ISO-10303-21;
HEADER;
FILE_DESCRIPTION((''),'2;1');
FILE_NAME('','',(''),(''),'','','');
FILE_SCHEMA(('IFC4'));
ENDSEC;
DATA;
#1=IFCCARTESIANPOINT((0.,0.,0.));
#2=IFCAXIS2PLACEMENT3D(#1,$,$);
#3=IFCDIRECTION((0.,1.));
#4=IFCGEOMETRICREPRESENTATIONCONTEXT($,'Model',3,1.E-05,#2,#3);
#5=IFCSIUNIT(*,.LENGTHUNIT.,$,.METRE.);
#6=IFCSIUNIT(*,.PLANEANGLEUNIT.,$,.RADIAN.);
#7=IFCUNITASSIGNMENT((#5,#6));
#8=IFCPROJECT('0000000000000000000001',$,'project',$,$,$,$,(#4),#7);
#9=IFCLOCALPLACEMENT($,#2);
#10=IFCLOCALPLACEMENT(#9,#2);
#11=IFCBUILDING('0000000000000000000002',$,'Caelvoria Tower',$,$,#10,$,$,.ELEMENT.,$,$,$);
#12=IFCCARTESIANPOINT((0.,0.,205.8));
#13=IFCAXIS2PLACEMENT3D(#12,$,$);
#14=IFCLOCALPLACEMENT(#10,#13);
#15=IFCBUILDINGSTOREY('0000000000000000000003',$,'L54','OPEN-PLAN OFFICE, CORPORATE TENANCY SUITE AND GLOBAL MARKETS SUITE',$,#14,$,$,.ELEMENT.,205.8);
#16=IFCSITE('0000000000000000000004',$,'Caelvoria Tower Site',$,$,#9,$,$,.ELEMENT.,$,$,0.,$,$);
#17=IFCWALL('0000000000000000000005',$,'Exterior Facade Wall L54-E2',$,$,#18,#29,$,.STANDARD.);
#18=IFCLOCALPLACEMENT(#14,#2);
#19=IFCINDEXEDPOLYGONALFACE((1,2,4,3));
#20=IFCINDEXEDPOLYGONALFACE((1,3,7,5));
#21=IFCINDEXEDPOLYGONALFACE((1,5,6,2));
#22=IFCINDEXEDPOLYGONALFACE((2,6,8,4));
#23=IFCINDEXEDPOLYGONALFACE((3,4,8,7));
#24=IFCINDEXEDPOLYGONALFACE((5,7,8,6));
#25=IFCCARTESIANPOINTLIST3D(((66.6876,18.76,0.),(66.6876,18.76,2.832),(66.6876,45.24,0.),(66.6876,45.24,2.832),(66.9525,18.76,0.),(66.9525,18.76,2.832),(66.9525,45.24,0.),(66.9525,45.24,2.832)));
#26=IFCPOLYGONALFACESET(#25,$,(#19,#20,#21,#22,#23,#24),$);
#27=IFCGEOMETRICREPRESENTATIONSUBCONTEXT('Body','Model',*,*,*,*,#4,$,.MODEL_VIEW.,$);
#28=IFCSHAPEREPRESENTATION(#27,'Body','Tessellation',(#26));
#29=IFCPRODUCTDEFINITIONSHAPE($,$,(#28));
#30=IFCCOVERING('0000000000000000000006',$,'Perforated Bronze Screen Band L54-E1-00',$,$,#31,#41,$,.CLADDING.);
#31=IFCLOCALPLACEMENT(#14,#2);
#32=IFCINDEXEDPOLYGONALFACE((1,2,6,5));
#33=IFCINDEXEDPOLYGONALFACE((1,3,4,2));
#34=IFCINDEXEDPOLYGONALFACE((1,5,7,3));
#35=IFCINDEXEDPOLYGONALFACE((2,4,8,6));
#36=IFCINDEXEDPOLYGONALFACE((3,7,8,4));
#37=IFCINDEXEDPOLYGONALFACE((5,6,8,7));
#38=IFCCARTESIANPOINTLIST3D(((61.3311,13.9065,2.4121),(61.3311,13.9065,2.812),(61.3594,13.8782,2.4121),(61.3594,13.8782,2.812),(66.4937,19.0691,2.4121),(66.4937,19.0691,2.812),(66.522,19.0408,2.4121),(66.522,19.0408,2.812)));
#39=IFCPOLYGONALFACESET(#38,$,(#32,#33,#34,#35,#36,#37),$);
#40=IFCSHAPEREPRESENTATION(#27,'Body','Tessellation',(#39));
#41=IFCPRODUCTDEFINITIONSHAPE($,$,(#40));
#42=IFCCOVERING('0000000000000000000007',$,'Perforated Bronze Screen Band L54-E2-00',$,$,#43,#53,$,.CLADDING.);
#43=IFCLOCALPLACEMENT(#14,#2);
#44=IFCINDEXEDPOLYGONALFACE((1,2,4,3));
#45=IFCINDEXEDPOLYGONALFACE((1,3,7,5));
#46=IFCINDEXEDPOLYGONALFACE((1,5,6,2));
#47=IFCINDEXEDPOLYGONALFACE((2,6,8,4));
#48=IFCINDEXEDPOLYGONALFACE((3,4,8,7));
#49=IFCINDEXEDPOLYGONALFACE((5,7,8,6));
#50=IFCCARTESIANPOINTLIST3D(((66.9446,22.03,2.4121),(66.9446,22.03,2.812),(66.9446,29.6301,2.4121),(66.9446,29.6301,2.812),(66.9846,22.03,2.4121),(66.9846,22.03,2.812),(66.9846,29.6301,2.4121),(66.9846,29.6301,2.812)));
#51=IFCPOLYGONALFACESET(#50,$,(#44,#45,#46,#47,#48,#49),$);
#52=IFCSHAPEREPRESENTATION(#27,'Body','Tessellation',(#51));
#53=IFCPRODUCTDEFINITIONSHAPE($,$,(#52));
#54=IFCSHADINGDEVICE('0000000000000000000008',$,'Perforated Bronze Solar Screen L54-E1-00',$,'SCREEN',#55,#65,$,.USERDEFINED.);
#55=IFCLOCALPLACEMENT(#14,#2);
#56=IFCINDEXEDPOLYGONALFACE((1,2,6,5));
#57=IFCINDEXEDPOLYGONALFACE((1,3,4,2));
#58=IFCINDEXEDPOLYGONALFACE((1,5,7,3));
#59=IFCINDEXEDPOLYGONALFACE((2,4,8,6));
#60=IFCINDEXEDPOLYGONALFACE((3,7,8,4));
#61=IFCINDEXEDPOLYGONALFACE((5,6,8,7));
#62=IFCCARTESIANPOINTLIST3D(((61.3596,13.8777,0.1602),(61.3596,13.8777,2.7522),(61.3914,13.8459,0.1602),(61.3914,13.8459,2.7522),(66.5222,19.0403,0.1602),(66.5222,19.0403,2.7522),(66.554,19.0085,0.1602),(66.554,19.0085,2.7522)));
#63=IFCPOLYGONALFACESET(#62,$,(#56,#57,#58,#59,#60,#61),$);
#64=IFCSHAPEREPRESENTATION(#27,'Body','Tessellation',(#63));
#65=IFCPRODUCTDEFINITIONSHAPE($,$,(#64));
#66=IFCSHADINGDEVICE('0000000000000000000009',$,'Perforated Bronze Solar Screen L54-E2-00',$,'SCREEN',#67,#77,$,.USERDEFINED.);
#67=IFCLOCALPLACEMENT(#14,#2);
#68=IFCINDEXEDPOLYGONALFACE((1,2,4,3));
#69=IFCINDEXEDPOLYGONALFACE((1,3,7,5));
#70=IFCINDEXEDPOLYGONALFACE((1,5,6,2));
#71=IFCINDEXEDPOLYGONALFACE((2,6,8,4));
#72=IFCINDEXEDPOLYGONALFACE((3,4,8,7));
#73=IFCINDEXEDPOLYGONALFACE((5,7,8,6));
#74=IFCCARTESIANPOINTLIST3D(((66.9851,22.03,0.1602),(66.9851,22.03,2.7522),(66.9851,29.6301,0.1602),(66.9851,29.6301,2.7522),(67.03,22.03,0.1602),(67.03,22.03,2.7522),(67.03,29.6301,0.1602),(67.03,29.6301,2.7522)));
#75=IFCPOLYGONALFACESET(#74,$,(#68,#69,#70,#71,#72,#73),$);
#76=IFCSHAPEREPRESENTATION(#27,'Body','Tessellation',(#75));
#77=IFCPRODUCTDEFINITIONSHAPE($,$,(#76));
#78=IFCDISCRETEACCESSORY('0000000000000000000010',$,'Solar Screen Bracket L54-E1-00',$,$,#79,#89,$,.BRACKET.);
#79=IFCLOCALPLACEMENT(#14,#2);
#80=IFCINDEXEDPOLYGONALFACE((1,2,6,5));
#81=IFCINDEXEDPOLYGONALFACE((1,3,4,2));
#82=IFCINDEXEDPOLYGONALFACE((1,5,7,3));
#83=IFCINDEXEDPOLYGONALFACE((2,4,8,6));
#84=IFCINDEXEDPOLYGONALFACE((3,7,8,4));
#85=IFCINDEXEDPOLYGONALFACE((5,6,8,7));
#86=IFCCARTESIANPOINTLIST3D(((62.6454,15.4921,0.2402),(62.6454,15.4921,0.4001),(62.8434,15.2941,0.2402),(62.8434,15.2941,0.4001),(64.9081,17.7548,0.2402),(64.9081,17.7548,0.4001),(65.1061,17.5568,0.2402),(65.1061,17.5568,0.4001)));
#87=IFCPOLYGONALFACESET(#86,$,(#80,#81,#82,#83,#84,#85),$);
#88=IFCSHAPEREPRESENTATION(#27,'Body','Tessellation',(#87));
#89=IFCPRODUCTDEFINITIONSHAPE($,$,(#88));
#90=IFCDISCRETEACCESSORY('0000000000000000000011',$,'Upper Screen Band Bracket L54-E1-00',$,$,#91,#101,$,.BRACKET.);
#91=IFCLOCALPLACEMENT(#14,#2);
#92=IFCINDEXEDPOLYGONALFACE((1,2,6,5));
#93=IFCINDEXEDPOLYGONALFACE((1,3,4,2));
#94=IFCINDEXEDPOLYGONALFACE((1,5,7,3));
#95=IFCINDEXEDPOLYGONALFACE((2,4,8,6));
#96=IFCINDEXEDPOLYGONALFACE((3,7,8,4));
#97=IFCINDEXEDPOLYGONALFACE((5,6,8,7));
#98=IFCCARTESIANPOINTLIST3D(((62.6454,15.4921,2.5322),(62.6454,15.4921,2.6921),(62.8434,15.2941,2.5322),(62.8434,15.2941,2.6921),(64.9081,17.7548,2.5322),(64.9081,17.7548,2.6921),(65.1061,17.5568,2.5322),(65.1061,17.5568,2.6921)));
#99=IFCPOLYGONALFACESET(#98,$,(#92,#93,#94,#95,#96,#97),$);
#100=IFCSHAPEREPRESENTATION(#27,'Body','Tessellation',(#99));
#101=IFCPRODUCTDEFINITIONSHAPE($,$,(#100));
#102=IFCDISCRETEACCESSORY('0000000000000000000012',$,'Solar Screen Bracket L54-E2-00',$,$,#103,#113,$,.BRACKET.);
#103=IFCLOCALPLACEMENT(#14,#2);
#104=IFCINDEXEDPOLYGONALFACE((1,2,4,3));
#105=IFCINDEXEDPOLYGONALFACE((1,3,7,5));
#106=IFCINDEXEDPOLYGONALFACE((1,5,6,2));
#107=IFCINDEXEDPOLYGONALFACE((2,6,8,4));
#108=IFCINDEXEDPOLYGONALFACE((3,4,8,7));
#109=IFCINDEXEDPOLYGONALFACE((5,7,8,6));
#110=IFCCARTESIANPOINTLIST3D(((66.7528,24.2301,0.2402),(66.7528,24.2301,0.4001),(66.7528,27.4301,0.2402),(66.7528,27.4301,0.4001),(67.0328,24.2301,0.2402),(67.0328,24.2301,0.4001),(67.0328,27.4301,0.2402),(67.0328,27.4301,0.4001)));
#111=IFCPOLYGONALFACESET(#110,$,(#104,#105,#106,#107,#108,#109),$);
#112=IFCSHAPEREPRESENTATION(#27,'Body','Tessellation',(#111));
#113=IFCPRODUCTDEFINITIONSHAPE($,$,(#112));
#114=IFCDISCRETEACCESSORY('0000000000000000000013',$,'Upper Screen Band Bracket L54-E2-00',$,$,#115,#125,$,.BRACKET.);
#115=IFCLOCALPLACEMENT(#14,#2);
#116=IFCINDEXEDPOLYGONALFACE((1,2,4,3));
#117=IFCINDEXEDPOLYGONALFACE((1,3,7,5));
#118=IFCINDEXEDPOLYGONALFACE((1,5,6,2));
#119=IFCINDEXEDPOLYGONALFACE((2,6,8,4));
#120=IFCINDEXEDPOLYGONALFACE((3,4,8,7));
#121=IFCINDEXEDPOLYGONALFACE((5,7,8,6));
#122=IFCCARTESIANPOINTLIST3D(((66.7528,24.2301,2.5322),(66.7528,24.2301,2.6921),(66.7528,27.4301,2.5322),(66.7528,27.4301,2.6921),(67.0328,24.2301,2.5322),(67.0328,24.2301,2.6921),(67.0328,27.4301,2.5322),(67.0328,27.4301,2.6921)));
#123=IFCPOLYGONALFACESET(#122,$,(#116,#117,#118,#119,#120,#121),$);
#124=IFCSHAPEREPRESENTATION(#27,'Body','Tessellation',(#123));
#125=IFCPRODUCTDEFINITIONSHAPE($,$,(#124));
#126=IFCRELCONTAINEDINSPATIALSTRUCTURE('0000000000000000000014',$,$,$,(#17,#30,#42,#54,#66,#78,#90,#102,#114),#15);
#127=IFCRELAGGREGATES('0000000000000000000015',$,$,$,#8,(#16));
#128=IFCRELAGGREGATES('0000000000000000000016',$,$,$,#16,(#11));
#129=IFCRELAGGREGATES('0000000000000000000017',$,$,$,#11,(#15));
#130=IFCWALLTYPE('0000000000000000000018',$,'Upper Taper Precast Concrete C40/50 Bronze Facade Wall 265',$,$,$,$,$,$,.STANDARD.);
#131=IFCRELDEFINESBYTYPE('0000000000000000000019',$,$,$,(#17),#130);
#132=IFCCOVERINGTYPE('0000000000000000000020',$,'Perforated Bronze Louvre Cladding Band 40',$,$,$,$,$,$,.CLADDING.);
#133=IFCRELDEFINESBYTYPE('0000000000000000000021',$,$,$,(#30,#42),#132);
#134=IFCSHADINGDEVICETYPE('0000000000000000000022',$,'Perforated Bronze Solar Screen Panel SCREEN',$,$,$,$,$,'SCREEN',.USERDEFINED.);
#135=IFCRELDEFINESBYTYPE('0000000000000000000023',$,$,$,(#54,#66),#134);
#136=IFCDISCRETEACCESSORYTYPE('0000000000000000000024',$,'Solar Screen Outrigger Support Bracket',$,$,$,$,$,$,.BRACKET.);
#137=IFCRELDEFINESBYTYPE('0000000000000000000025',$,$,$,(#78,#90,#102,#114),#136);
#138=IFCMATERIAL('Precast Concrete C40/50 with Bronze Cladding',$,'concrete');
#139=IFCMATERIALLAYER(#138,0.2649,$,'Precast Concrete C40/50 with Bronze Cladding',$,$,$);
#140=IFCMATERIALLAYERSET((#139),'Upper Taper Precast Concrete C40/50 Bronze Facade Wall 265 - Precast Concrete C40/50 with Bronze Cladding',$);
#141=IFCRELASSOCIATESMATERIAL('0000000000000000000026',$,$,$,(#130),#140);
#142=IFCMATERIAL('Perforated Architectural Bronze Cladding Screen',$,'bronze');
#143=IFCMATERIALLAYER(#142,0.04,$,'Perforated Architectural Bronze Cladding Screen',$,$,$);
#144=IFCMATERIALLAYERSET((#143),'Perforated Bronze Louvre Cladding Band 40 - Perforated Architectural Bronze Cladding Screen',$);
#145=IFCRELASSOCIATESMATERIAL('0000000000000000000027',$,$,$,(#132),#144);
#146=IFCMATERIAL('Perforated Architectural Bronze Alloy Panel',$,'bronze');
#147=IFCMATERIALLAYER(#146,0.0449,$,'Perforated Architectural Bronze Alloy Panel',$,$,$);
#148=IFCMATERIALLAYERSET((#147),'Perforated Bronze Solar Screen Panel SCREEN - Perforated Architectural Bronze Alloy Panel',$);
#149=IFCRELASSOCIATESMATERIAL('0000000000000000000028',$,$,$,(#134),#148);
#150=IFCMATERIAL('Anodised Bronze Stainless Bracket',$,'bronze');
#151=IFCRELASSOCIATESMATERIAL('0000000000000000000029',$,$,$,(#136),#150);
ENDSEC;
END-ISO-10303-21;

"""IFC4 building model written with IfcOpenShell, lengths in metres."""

from ifc_helpers import new_model, si_unit, direction, frame, frame_2d, origin, origin_2d, place, context, subcontext, project, spatial, rectangle, extrude, material, layer, layer_set, type_object, element, save


model = new_model("IFC4")

# Units and contexts
model_context = context("Model", 3, precision=1e-05, world=origin(), true_north=direction((0.0, 1.0)))
body_context = subcontext(model_context, "Body", "Model", "MODEL_VIEW")
ifc_project = project(units=[si_unit("LENGTHUNIT", "METRE"), si_unit("PLANEANGLEUNIT", "RADIAN")], contexts=[model_context])

# Site, building, storey
site_placement = place(None, origin())
site = spatial("IfcSite", under=ifc_project, at=site_placement, Name="Caelvoria Tower Site", CompositionType="ELEMENT", RefElevation=0.0)
building_placement = place(site_placement, origin())
building = spatial("IfcBuilding", under=site, at=building_placement, Name="Caelvoria Tower", CompositionType="ELEMENT")
storey_placement = place(building_placement, frame((0.0, 0.0, 205.8)))
storey = spatial("IfcBuildingStorey", under=building, at=storey_placement, Name="L54", Description="OPEN-PLAN OFFICE, CORPORATE TENANCY SUITE AND GLOBAL MARKETS SUITE", CompositionType="ELEMENT", Elevation=205.8)

# Wall
ifc_material_1 = material(Name="Precast Concrete C40/50 with Bronze Cladding", Category="concrete")
ifc_layer_1 = layer(ifc_material_1, 0.2649, Name="Precast Concrete C40/50 with Bronze Cladding")
ifc_layer_set_1 = layer_set([ifc_layer_1], Name="Upper Taper Precast Concrete C40/50 Bronze Facade Wall 265 - Precast Concrete C40/50 with Bronze Cladding")
wall_type = type_object("IfcWallType", Name="Upper Taper Precast Concrete C40/50 Bronze Facade Wall 265", PredefinedType="STANDARD", material=ifc_layer_set_1)
wall_1_placement = place(storey_placement, frame((66.8201, 18.76, 0.0), z_axis=(0.0, 0.0, 1.0), x_axis=(0.0, 1.0, 0.0)))
element("IfcWall", 1, at=wall_1_placement, inside=storey, type_object=wall_type, Name="Exterior Facade Wall L54-E2", PredefinedType="STANDARD", context=body_context, shape_type="SweptSolid", body=[
    extrude(rectangle(XDim=26.48, YDim=0.2649, at=frame_2d((13.24, 0.0))), origin(), (0.0, 0.0, 1.0), 2.832),
])

# Coverings
ifc_material_2 = material(Name="Perforated Architectural Bronze Cladding Screen", Category="bronze")
ifc_layer_2 = layer(ifc_material_2, 0.04, Name="Perforated Architectural Bronze Cladding Screen")
ifc_layer_set_2 = layer_set([ifc_layer_2], Name="Perforated Bronze Louvre Cladding Band 40 - Perforated Architectural Bronze Cladding Screen")
covering_type = type_object("IfcCoveringType", Name="Perforated Bronze Louvre Cladding Band 40", PredefinedType="CLADDING", material=ifc_layer_set_2)
covering_1_placement = place(storey_placement, frame((63.9265, 16.4736, 2.4121), z_axis=(0.0, 0.0, 1.0), x_axis=(0.707107, 0.707107, 0.0)))
element("IfcCovering", 2, at=covering_1_placement, inside=storey, type_object=covering_type, Name="Perforated Bronze Screen Band L54-E1-00", PredefinedType="CLADDING", context=body_context, shape_type="SweptSolid", body=[
    extrude(rectangle(XDim=7.301, YDim=0.04, at=origin_2d()), origin(), (0.0, 0.0, 1.0), 0.3999),
])
covering_2_placement = place(storey_placement, frame((66.9646, 25.8301, 2.4121), z_axis=(0.0, 0.0, 1.0), x_axis=(0.0, 1.0, 0.0)))
element("IfcCovering", 3, at=covering_2_placement, inside=storey, type_object=covering_type, Name="Perforated Bronze Screen Band L54-E2-00", PredefinedType="CLADDING", context=body_context, shape_type="SweptSolid", body=[
    extrude(rectangle(XDim=7.6001, YDim=0.04, at=origin_2d()), origin(), (0.0, 0.0, 1.0), 0.3999),
])

# Shading devices
ifc_material_3 = material(Name="Perforated Architectural Bronze Alloy Panel", Category="bronze")
ifc_layer_3 = layer(ifc_material_3, 0.0449, Name="Perforated Architectural Bronze Alloy Panel")
ifc_layer_set_3 = layer_set([ifc_layer_3], Name="Perforated Bronze Solar Screen Panel SCREEN - Perforated Architectural Bronze Alloy Panel")
shading_device_type = type_object("IfcShadingDeviceType", Name="Perforated Bronze Solar Screen Panel SCREEN", ElementType="SCREEN", PredefinedType="USERDEFINED", material=ifc_layer_set_3)
shading_device_1_placement = place(storey_placement, frame((63.9568, 16.4431, 0.1602), z_axis=(0.0, 0.0, 1.0), x_axis=(0.707107, 0.707107, 0.0)))
element("IfcShadingDevice", 4, at=shading_device_1_placement, inside=storey, type_object=shading_device_type, Name="Perforated Bronze Solar Screen L54-E1-00", ObjectType="SCREEN", PredefinedType="USERDEFINED", context=body_context, shape_type="SweptSolid", body=[
    extrude(rectangle(XDim=7.301, YDim=0.0449, at=origin_2d()), origin(), (0.0, 0.0, 1.0), 2.592),
])
shading_device_2_placement = place(storey_placement, frame((67.0076, 25.8301, 0.1602), z_axis=(0.0, 0.0, 1.0), x_axis=(0.0, 1.0, 0.0)))
element("IfcShadingDevice", 5, at=shading_device_2_placement, inside=storey, type_object=shading_device_type, Name="Perforated Bronze Solar Screen L54-E2-00", ObjectType="SCREEN", PredefinedType="USERDEFINED", context=body_context, shape_type="SweptSolid", body=[
    extrude(rectangle(XDim=7.6001, YDim=0.0449, at=origin_2d()), origin(), (0.0, 0.0, 1.0), 2.592),
])

# Discrete accessories
ifc_material_4 = material(Name="Anodised Bronze Stainless Bracket", Category="bronze")
discrete_accessory_type = type_object("IfcDiscreteAccessoryType", Name="Solar Screen Outrigger Support Bracket", PredefinedType="BRACKET", material=ifc_material_4)
for number, where, z_axis, x_axis, name in (
    (6, (63.8757, 16.5244, 0.2402), (0.0, 0.0, 1.0), (0.707107, 0.707107, 0.0), "Solar Screen Bracket L54-E1-00"),
    (7, (63.8757, 16.5244, 2.5322), (0.0, 0.0, 1.0), (0.707107, 0.707107, 0.0), "Upper Screen Band Bracket L54-E1-00"),
    (8, (66.8928, 25.8301, 0.2402), (0.0, 0.0, 1.0), (0.0, 1.0, 0.0), "Solar Screen Bracket L54-E2-00"),
    (9, (66.8928, 25.8301, 2.5322), (0.0, 0.0, 1.0), (0.0, 1.0, 0.0), "Upper Screen Band Bracket L54-E2-00"),
):
    element("IfcDiscreteAccessory", number, at=place(storey_placement, frame(where, z_axis=z_axis, x_axis=x_axis)), inside=storey, type_object=discrete_accessory_type, Name=name, PredefinedType="BRACKET", context=body_context, shape_type="SweptSolid", body=[
        extrude(rectangle(XDim=3.2, YDim=0.28, at=origin_2d()), origin(), (0.0, 0.0, 1.0), 0.1599),
    ])

save(model, "model.ifc")
